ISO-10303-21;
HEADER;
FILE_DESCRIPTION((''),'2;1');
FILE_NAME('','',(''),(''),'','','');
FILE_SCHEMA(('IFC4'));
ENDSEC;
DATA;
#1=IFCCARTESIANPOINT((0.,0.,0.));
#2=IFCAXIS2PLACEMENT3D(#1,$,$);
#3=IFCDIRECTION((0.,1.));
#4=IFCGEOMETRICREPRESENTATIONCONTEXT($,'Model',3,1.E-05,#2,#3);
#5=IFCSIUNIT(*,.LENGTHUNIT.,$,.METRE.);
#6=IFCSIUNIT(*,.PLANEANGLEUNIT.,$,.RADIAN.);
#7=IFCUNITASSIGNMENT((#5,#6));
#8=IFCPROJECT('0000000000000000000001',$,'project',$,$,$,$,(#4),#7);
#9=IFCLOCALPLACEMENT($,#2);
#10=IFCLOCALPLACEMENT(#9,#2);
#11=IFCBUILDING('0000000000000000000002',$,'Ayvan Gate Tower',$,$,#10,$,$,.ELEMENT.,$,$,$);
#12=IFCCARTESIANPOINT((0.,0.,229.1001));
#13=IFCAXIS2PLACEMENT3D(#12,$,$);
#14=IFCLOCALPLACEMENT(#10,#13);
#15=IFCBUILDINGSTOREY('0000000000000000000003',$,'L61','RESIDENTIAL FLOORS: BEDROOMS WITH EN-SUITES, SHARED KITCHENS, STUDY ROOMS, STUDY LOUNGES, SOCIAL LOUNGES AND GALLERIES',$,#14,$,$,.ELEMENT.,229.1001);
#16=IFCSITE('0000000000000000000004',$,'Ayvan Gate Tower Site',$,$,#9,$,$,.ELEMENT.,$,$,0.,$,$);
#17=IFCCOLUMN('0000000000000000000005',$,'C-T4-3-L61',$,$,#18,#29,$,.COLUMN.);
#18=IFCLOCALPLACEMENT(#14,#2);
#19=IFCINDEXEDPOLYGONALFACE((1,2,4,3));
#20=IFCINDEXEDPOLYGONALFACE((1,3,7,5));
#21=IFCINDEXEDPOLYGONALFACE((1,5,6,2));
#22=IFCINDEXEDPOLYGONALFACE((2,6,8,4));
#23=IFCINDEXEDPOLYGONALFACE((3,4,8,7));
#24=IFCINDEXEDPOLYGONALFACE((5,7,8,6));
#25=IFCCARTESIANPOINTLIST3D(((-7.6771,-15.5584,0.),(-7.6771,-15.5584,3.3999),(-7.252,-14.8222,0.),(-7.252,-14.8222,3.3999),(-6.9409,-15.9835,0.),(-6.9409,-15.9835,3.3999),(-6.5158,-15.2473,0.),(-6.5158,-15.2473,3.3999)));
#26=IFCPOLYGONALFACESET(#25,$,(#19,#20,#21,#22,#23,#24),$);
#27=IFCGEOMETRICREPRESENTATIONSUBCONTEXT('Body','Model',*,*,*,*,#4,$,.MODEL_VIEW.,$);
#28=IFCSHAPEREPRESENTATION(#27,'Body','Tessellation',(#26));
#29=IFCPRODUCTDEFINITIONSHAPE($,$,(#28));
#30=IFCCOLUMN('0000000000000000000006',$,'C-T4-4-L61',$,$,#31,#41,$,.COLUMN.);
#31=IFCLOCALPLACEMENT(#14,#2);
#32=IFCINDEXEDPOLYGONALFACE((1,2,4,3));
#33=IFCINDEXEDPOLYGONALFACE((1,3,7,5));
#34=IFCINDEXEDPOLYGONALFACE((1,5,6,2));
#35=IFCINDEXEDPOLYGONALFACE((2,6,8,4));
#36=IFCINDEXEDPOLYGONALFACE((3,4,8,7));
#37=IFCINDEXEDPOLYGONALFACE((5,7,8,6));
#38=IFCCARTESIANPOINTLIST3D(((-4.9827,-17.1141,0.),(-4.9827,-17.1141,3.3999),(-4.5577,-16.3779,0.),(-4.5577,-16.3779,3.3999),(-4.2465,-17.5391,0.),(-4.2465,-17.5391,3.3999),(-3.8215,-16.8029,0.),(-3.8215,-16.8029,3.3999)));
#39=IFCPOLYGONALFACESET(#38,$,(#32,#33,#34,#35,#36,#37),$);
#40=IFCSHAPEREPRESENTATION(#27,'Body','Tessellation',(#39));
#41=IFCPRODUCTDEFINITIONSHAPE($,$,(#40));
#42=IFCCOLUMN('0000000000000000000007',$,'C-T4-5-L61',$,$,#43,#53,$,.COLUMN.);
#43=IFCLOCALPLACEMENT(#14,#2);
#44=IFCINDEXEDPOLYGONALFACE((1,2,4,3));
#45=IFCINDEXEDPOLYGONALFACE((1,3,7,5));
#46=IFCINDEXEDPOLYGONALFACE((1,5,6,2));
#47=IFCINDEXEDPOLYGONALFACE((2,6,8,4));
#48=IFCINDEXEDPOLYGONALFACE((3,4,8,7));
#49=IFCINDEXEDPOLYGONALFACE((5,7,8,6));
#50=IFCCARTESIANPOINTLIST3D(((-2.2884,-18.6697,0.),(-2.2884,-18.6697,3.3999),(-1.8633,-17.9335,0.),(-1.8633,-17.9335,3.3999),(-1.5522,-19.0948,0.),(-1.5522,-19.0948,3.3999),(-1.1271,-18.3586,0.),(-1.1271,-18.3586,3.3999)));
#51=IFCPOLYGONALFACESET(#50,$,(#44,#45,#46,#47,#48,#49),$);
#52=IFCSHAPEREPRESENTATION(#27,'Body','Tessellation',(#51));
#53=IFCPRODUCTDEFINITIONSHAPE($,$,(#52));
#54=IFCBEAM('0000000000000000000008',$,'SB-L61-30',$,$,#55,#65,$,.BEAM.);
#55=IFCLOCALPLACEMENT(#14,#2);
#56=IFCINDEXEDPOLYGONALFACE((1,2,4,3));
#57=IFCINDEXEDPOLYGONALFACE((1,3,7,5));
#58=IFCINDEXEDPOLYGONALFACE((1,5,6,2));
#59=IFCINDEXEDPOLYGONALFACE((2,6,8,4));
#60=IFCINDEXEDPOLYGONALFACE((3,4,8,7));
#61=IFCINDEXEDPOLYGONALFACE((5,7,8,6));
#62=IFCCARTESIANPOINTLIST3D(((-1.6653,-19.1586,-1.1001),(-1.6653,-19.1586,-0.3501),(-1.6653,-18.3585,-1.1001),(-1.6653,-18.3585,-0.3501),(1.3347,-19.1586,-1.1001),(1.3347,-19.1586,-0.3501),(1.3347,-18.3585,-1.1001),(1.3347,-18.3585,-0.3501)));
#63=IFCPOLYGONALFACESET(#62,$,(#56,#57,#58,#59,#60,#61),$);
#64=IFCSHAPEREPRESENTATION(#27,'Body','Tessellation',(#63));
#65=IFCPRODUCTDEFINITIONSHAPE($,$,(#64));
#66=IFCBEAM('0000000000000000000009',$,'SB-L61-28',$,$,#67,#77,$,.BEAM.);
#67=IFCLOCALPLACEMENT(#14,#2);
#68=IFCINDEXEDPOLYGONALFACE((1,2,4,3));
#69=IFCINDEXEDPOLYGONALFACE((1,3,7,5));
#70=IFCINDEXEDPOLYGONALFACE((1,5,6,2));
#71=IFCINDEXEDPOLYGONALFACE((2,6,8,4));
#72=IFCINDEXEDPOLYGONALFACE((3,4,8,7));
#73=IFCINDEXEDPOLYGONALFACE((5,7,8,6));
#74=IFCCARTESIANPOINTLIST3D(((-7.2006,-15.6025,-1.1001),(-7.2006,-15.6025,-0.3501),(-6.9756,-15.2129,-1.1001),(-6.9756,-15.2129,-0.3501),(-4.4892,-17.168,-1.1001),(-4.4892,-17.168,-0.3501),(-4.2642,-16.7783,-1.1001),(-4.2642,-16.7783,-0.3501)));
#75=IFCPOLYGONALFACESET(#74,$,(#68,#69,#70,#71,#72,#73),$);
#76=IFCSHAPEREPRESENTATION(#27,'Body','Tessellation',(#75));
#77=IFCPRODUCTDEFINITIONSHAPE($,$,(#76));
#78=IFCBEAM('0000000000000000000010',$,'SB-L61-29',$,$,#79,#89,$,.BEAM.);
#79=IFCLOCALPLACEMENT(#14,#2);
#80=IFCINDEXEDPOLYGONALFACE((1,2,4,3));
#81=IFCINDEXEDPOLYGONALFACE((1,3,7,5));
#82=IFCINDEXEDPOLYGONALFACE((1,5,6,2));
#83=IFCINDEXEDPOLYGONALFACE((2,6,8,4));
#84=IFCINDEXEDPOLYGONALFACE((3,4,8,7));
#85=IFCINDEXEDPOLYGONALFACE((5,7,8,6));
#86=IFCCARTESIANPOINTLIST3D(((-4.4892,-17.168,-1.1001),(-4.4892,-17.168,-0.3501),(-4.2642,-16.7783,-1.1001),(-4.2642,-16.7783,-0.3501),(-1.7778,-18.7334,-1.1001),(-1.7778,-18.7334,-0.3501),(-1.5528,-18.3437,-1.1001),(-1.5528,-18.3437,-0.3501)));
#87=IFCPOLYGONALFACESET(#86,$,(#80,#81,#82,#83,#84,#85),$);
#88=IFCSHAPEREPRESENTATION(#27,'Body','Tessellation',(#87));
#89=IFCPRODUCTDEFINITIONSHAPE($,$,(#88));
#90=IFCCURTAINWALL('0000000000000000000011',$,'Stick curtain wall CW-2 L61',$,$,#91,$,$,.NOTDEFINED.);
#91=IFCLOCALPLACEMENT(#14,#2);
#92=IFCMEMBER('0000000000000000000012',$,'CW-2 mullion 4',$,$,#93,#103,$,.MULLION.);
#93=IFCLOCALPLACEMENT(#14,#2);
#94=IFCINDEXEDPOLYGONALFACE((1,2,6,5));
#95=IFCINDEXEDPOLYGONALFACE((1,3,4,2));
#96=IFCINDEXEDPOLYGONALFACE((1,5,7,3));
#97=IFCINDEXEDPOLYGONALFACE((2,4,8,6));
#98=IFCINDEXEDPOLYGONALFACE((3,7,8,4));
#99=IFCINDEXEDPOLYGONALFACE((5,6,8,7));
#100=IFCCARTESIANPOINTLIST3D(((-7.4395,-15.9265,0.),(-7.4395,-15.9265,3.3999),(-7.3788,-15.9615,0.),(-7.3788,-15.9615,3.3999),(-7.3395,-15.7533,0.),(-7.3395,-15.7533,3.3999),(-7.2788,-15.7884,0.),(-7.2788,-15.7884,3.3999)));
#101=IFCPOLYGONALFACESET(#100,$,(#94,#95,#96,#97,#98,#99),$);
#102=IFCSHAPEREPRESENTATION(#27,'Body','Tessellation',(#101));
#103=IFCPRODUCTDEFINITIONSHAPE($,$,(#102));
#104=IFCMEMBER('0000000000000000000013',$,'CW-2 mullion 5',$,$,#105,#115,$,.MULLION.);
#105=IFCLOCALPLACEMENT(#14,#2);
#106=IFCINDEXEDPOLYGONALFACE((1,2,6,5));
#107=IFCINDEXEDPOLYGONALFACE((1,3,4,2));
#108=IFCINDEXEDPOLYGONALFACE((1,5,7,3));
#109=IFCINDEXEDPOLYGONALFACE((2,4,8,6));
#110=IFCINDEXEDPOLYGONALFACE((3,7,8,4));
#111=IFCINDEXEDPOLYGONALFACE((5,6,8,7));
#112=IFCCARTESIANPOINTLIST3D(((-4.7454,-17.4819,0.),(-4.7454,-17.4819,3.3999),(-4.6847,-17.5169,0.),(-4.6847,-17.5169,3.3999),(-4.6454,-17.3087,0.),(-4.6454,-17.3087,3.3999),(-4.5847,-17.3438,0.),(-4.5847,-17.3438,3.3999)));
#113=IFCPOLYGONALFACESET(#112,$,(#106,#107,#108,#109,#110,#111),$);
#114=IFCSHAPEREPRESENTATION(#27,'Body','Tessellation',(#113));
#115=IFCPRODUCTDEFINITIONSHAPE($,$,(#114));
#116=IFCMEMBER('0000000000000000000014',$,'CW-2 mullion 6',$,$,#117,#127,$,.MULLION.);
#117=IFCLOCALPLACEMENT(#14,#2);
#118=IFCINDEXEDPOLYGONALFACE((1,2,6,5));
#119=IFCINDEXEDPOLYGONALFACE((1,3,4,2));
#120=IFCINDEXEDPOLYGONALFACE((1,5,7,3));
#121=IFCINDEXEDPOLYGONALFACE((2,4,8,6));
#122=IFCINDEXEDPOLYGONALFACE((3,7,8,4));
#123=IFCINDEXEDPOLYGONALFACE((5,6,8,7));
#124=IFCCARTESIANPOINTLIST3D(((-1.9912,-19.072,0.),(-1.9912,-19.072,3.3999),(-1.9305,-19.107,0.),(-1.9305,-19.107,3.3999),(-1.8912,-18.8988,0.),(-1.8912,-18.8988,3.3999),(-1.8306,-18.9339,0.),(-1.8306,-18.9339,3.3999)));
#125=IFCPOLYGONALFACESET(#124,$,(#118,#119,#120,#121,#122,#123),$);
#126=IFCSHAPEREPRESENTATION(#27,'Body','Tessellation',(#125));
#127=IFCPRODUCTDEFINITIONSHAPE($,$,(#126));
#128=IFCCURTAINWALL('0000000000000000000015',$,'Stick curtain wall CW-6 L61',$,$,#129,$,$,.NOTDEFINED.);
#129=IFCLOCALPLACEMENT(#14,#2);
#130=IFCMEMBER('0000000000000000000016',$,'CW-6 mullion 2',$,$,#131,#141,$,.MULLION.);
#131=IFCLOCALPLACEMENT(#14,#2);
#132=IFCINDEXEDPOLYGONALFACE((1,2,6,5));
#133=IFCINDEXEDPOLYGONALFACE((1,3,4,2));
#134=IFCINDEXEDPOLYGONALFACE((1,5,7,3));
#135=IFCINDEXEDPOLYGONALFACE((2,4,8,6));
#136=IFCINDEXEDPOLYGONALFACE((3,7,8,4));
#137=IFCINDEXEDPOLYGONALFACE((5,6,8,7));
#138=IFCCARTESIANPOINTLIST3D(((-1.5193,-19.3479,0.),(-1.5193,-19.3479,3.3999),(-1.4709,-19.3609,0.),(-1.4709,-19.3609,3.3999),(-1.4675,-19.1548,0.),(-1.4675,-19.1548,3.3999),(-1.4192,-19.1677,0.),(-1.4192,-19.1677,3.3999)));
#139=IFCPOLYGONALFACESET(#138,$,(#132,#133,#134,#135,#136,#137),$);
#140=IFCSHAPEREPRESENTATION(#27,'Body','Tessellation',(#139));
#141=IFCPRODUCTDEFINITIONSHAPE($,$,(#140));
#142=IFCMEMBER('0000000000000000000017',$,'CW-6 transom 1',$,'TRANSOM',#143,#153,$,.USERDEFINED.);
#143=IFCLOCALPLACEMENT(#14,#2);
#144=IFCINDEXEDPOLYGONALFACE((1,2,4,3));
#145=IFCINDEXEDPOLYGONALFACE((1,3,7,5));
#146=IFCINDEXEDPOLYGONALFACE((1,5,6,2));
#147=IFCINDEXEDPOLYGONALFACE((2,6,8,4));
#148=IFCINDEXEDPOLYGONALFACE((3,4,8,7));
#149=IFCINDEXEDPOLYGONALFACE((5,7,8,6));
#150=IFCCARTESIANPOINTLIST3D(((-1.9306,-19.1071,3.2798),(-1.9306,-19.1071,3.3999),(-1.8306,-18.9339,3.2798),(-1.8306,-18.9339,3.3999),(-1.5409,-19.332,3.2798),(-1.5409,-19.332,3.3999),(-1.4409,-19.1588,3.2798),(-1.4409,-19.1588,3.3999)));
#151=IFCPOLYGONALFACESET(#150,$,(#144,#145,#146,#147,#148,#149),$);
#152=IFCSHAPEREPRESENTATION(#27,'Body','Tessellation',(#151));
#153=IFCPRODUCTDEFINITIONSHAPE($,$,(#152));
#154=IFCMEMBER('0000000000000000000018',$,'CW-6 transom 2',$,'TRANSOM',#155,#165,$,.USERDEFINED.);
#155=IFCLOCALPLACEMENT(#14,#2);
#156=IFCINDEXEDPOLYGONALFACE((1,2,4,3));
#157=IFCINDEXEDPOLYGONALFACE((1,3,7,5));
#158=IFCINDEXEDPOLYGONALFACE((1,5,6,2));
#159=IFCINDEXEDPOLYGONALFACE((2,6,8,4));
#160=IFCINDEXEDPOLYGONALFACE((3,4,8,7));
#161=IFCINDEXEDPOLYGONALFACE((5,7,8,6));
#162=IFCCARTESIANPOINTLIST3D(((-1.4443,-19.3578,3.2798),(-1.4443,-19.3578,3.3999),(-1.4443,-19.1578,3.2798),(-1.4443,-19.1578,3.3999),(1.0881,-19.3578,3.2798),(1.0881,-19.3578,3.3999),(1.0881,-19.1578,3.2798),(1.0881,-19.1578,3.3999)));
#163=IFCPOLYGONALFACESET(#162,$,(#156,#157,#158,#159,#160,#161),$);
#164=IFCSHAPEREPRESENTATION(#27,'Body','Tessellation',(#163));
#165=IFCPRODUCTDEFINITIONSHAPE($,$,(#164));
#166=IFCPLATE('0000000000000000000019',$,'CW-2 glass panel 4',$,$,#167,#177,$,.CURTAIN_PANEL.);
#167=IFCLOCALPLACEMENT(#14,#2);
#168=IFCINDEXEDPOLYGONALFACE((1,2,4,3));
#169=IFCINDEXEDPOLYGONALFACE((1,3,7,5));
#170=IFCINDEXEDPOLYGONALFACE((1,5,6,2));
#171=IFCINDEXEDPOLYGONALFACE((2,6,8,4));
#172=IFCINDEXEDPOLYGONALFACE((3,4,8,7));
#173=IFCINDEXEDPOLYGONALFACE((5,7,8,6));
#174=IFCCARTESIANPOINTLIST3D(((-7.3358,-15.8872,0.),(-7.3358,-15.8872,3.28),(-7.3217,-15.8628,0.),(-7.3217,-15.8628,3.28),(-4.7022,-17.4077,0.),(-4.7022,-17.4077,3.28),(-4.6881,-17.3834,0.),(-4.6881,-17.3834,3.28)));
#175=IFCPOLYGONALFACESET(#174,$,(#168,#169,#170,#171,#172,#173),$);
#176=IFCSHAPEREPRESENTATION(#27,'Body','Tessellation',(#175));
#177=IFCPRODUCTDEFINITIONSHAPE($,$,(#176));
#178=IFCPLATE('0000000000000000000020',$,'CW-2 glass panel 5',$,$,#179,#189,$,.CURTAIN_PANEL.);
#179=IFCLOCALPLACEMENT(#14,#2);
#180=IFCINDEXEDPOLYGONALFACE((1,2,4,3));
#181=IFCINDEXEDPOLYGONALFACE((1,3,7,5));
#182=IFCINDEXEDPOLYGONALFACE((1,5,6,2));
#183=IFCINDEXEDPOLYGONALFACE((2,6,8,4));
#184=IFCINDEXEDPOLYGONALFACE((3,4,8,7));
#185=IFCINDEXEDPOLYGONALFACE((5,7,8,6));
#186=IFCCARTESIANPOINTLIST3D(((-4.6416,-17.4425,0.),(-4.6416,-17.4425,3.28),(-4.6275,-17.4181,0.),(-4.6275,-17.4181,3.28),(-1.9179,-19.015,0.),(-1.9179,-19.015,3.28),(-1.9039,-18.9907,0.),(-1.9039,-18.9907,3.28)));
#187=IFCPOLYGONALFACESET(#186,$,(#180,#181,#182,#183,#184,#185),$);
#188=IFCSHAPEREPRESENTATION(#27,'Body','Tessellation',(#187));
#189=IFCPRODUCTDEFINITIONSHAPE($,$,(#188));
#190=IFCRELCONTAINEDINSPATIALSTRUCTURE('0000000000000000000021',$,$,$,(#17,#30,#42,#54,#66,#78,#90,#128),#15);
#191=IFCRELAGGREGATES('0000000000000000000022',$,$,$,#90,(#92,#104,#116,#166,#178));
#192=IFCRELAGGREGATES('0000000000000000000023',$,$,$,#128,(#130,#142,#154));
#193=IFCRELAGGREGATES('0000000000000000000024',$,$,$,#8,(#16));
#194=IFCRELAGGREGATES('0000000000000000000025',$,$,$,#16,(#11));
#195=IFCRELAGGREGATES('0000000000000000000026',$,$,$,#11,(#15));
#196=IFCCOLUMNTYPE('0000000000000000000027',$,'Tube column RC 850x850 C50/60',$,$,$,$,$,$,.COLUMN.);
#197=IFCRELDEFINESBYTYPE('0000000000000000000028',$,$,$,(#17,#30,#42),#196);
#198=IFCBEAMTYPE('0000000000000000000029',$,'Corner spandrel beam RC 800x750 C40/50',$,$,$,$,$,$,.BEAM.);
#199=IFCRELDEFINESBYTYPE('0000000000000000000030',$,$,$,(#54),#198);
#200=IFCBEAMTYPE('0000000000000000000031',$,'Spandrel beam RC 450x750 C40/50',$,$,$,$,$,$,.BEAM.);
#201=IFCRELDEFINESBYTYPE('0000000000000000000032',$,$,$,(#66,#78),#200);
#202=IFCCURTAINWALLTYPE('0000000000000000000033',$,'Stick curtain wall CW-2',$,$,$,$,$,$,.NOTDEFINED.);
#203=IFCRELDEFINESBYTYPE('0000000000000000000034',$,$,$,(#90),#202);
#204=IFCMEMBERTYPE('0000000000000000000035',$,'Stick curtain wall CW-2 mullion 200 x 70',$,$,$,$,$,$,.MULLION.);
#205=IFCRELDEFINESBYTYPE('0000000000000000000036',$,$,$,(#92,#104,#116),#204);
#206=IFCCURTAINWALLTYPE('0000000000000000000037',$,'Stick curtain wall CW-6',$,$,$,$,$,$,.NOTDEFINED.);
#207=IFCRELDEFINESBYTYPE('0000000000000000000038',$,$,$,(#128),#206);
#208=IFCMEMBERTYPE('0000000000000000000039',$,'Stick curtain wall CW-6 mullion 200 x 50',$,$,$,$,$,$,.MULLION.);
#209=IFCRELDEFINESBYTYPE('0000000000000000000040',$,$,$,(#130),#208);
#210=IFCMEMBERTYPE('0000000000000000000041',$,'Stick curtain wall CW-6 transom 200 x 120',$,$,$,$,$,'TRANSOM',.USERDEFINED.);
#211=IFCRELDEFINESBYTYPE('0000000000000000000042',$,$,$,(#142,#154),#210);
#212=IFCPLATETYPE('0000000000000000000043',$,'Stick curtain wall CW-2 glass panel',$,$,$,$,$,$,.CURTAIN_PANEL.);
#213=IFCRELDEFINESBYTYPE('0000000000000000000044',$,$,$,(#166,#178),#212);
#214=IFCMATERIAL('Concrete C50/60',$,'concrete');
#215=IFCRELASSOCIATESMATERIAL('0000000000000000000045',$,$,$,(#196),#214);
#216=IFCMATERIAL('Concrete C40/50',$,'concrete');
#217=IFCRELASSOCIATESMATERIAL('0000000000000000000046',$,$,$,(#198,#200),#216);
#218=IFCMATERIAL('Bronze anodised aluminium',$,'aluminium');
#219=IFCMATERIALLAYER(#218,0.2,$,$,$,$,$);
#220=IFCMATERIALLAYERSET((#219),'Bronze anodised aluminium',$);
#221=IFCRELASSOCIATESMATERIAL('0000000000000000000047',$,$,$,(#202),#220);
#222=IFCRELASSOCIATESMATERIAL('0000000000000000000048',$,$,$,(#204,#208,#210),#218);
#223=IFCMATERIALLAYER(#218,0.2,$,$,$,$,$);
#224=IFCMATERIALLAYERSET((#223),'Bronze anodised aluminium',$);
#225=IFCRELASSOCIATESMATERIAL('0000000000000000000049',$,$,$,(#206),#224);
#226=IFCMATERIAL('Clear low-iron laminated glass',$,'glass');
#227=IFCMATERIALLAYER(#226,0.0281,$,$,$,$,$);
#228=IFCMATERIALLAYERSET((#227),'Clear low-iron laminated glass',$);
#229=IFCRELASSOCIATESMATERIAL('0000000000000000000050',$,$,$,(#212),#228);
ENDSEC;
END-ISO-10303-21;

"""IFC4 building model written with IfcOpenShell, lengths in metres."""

from ifc_helpers import new_model, si_unit, direction, frame, origin, origin_2d, place, context, subcontext, project, spatial, rectangle, extrude, material, layer, layer_set, material_profile, profile_set, type_object, element, aggregate, save


model = new_model("IFC4")

# Units and contexts
model_context = context("Model", 3, precision=1e-05, world=origin(), true_north=direction((0.0, 1.0)))
body_context = subcontext(model_context, "Body", "Model", "MODEL_VIEW")
ifc_project = project(units=[si_unit("LENGTHUNIT", "METRE"), si_unit("PLANEANGLEUNIT", "RADIAN")], contexts=[model_context])

# Site, building, storey
site_placement = place(None, origin())
site = spatial("IfcSite", under=ifc_project, at=site_placement, Name="Ayvan Gate Tower Site", CompositionType="ELEMENT", RefElevation=0.0)
building_placement = place(site_placement, origin())
building = spatial("IfcBuilding", under=site, at=building_placement, Name="Ayvan Gate Tower", CompositionType="ELEMENT")
storey_placement = place(building_placement, frame((0.0, 0.0, 229.1001)))
storey = spatial("IfcBuildingStorey", under=building, at=storey_placement, Name="L61", Description="RESIDENTIAL FLOORS: BEDROOMS WITH EN-SUITES, SHARED KITCHENS, STUDY ROOMS, STUDY LOUNGES, SOCIAL LOUNGES AND GALLERIES", CompositionType="ELEMENT", Elevation=229.1001)

# Columns
ifc_material_1 = material(Name="Concrete C50/60", Category="concrete")
ifc_material_profile_1 = material_profile(ifc_material_1, rectangle(XDim=0.8501, YDim=0.8501, at=origin_2d()), Name="RC 850x850")
ifc_profile_set_1 = profile_set([ifc_material_profile_1], Name="Concrete C50/60")
column_type = type_object("IfcColumnType", Name="Tube column RC 850x850 C50/60", PredefinedType="COLUMN", material=ifc_profile_set_1)
for number, where, z_axis, x_axis, name in (
    (1, (-7.0964, -15.4028, 0.0), (0.0, 0.0, 1.0), (-0.5, -0.866025, 0.0), "C-T4-3-L61"),
    (2, (-4.4021, -16.9585, 0.0), (0.0, 0.0, 1.0), (-0.5, -0.866025, 0.0), "C-T4-4-L61"),
    (3, (-1.7078, -18.5142, 0.0), (0.0, 0.0, 1.0), (-0.5, -0.866025, 0.0), "C-T4-5-L61"),
):
    element("IfcColumn", number, at=place(storey_placement, frame(where, z_axis=z_axis, x_axis=x_axis)), inside=storey, type_object=column_type, Name=name, PredefinedType="COLUMN", context=body_context, shape_type="SweptSolid", body=[
        extrude(rectangle(XDim=0.8501, YDim=0.8501, at=origin_2d()), origin(), (0.0, 0.0, 1.0), 3.3999),
    ])

# Beams
ifc_material_2 = material(Name="Concrete C40/50", Category="concrete")
ifc_material_profile_2 = material_profile(ifc_material_2, rectangle(XDim=0.8, YDim=0.75, at=origin_2d()), Name="RC 800x750")
ifc_profile_set_2 = profile_set([ifc_material_profile_2], Name="Concrete C40/50")
beam_type_1 = type_object("IfcBeamType", Name="Corner spandrel beam RC 800x750 C40/50", PredefinedType="BEAM", material=ifc_profile_set_2)
beam_placement = place(storey_placement, frame((-1.6653, -18.7585, -0.7251), z_axis=(1.0, 0.0, 0.0), x_axis=(0.0, 1.0, 0.0)))
element("IfcBeam", 4, at=beam_placement, inside=storey, type_object=beam_type_1, Name="SB-L61-30", PredefinedType="BEAM", context=body_context, shape_type="SweptSolid", body=[
    extrude(rectangle(XDim=0.8, YDim=0.75, at=origin_2d()), origin(), (0.0, 0.0, 1.0), 3.0),
])
ifc_material_profile_3 = material_profile(ifc_material_2, rectangle(XDim=0.45, YDim=0.75, at=origin_2d()), Name="RC 450x750")
ifc_profile_set_3 = profile_set([ifc_material_profile_3], Name="Concrete C40/50")
beam_type_2 = type_object("IfcBeamType", Name="Spandrel beam RC 450x750 C40/50", PredefinedType="BEAM", material=ifc_profile_set_3)
for number, where, z_axis, x_axis, name in (
    (5, (-7.0881, -15.4077, -0.7251), (0.866027, -0.499997, 0.0), (0.499997, 0.866027, 0.0), "SB-L61-28"),
    (6, (-4.3767, -16.9731, -0.7251), (0.866027, -0.499997, 0.0), (0.499997, 0.866027, 0.0), "SB-L61-29"),
):
    element("IfcBeam", number, at=place(storey_placement, frame(where, z_axis=z_axis, x_axis=x_axis)), inside=storey, type_object=beam_type_2, Name=name, PredefinedType="BEAM", context=body_context, shape_type="SweptSolid", body=[
        extrude(rectangle(XDim=0.45, YDim=0.75, at=origin_2d()), origin(), (0.0, 0.0, 1.0), 3.1309),
    ])

# Curtain walls, members
ifc_material_3 = material(Name="Bronze anodised aluminium", Category="aluminium")
ifc_layer_1 = layer(ifc_material_3, 0.2)
ifc_layer_set_1 = layer_set([ifc_layer_1], Name="Bronze anodised aluminium")
curtain_wall_type_1 = type_object("IfcCurtainWallType", Name="Stick curtain wall CW-2", PredefinedType="NOTDEFINED", material=ifc_layer_set_1)
curtain_wall_1_placement = place(storey_placement, origin())
curtain_wall_1 = element("IfcCurtainWall", 7, at=curtain_wall_1_placement, inside=storey, type_object=curtain_wall_type_1, Name="Stick curtain wall CW-2 L61", PredefinedType="NOTDEFINED")
ifc_material_profile_4 = material_profile(ifc_material_3, rectangle(XDim=0.2, YDim=0.0701, at=origin_2d()), Name="Stick curtain wall CW-2 mullion 200 x 70")
ifc_profile_set_4 = profile_set([ifc_material_profile_4], Name="Bronze anodised aluminium")
member_type_1 = type_object("IfcMemberType", Name="Stick curtain wall CW-2 mullion 200 x 70", PredefinedType="MULLION", material=ifc_profile_set_4)
member_1_placement = place(storey_placement, frame((-7.3591, -15.8574, 0.0), z_axis=(0.0, 0.0, 1.0), x_axis=(-0.5, -0.866025, 0.0)))
member_1 = element("IfcMember", 8, at=member_1_placement, type_object=member_type_1, Name="CW-2 mullion 4", PredefinedType="MULLION", context=body_context, shape_type="SweptSolid", body=[
    extrude(rectangle(XDim=0.2, YDim=0.0701, at=origin_2d()), origin(), (0.0, 0.0, 1.0), 3.3999),
])
member_2_placement = place(storey_placement, frame((-4.665, -17.4128, 0.0), z_axis=(0.0, 0.0, 1.0), x_axis=(-0.5, -0.866025, 0.0)))
member_2 = element("IfcMember", 9, at=member_2_placement, type_object=member_type_1, Name="CW-2 mullion 5", PredefinedType="MULLION", context=body_context, shape_type="SweptSolid", body=[
    extrude(rectangle(XDim=0.2, YDim=0.0701, at=origin_2d()), origin(), (0.0, 0.0, 1.0), 3.3999),
])
member_3_placement = place(storey_placement, frame((-1.9109, -19.0029, 0.0), z_axis=(0.0, 0.0, 1.0), x_axis=(-0.5, -0.866025, 0.0)))
member_3 = element("IfcMember", 10, at=member_3_placement, type_object=member_type_1, Name="CW-2 mullion 6", PredefinedType="MULLION", context=body_context, shape_type="SweptSolid", body=[
    extrude(rectangle(XDim=0.2, YDim=0.0701, at=origin_2d()), origin(), (0.0, 0.0, 1.0), 3.3999),
])
ifc_layer_2 = layer(ifc_material_3, 0.2)
ifc_layer_set_2 = layer_set([ifc_layer_2], Name="Bronze anodised aluminium")
curtain_wall_type_2 = type_object("IfcCurtainWallType", Name="Stick curtain wall CW-6", PredefinedType="NOTDEFINED", material=ifc_layer_set_2)
curtain_wall_2_placement = place(storey_placement, origin())
curtain_wall_2 = element("IfcCurtainWall", 11, at=curtain_wall_2_placement, inside=storey, type_object=curtain_wall_type_2, Name="Stick curtain wall CW-6 L61", PredefinedType="NOTDEFINED")
ifc_material_profile_5 = material_profile(ifc_material_3, rectangle(XDim=0.2, YDim=0.05, at=origin_2d()), Name="Stick curtain wall CW-6 mullion 200 x 50")
ifc_profile_set_5 = profile_set([ifc_material_profile_5], Name="Bronze anodised aluminium")
member_type_2 = type_object("IfcMemberType", Name="Stick curtain wall CW-6 mullion 200 x 50", PredefinedType="MULLION", material=ifc_profile_set_5)
member_4_placement = place(storey_placement, frame((-1.4692, -19.2578, 0.0), z_axis=(0.0, 0.0, 1.0), x_axis=(-0.258819, -0.965926, 0.0)))
member_4 = element("IfcMember", 12, at=member_4_placement, type_object=member_type_2, Name="CW-6 mullion 2", PredefinedType="MULLION", context=body_context, shape_type="SweptSolid", body=[
    extrude(rectangle(XDim=0.2, YDim=0.05, at=origin_2d()), origin(), (0.0, 0.0, 1.0), 3.3999),
])
ifc_material_profile_6 = material_profile(ifc_material_3, rectangle(XDim=0.2, YDim=0.1201, at=origin_2d()), Name="Stick curtain wall CW-6 transom 200 x 120")
ifc_profile_set_6 = profile_set([ifc_material_profile_6], Name="Bronze anodised aluminium")
member_type_3 = type_object("IfcMemberType", Name="Stick curtain wall CW-6 transom 200 x 120", ElementType="TRANSOM", PredefinedType="USERDEFINED", material=ifc_profile_set_6)
member_5_placement = place(storey_placement, frame((-1.8806, -19.0205, 3.3398), z_axis=(0.866131, -0.499816, 0.0), x_axis=(0.499816, 0.866131, 0.0)))
member_5 = element("IfcMember", 13, at=member_5_placement, type_object=member_type_3, Name="CW-6 transom 1", ObjectType="TRANSOM", PredefinedType="USERDEFINED", context=body_context, shape_type="SweptSolid", body=[
    extrude(rectangle(XDim=0.2, YDim=0.1201, at=origin_2d()), origin(), (0.0, 0.0, 1.0), 0.45),
])
member_6_placement = place(storey_placement, frame((-1.4443, -19.2578, 3.3398), z_axis=(1.0, 0.0, 0.0), x_axis=(0.0, 1.0, 0.0)))
member_6 = element("IfcMember", 14, at=member_6_placement, type_object=member_type_3, Name="CW-6 transom 2", ObjectType="TRANSOM", PredefinedType="USERDEFINED", context=body_context, shape_type="SweptSolid", body=[
    extrude(rectangle(XDim=0.2, YDim=0.1201, at=origin_2d()), origin(), (0.0, 0.0, 1.0), 2.5325),
])

# Plates
ifc_material_4 = material(Name="Clear low-iron laminated glass", Category="glass")
ifc_layer_3 = layer(ifc_material_4, 0.0281)
ifc_layer_set_3 = layer_set([ifc_layer_3], Name="Clear low-iron laminated glass")
plate_type_1 = type_object("IfcPlateType", Name="Stick curtain wall CW-2 glass panel", PredefinedType="CURTAIN_PANEL", material=ifc_layer_set_3)
plate_1_placement = place(storey_placement, frame((-6.012, -16.6353, 0.0), z_axis=(0.0, 0.0, 1.0), x_axis=(0.866025, -0.5, 0.0)))
plate_1 = element("IfcPlate", 15, at=plate_1_placement, type_object=plate_type_1, Name="CW-2 glass panel 4", PredefinedType="CURTAIN_PANEL", context=body_context, shape_type="SweptSolid", body=[
    extrude(rectangle(XDim=3.041, YDim=0.0281, at=origin_2d()), origin(), (0.0, 0.0, 1.0), 3.28),
])
plate_2_placement = place(storey_placement, frame((-3.2727, -18.2166, 0.0), z_axis=(0.0, 0.0, 1.0), x_axis=(0.866025, -0.5, 0.0)))
plate_2 = element("IfcPlate", 16, at=plate_2_placement, type_object=plate_type_1, Name="CW-2 glass panel 5", PredefinedType="CURTAIN_PANEL", context=body_context, shape_type="SweptSolid", body=[
    extrude(rectangle(XDim=3.145, YDim=0.0281, at=origin_2d()), origin(), (0.0, 0.0, 1.0), 3.28),
])
aggregate(curtain_wall_1, [member_1, member_2, member_3, plate_1, plate_2])
aggregate(curtain_wall_2, [member_4, member_5, member_6])

save(model, "model.ifc")
